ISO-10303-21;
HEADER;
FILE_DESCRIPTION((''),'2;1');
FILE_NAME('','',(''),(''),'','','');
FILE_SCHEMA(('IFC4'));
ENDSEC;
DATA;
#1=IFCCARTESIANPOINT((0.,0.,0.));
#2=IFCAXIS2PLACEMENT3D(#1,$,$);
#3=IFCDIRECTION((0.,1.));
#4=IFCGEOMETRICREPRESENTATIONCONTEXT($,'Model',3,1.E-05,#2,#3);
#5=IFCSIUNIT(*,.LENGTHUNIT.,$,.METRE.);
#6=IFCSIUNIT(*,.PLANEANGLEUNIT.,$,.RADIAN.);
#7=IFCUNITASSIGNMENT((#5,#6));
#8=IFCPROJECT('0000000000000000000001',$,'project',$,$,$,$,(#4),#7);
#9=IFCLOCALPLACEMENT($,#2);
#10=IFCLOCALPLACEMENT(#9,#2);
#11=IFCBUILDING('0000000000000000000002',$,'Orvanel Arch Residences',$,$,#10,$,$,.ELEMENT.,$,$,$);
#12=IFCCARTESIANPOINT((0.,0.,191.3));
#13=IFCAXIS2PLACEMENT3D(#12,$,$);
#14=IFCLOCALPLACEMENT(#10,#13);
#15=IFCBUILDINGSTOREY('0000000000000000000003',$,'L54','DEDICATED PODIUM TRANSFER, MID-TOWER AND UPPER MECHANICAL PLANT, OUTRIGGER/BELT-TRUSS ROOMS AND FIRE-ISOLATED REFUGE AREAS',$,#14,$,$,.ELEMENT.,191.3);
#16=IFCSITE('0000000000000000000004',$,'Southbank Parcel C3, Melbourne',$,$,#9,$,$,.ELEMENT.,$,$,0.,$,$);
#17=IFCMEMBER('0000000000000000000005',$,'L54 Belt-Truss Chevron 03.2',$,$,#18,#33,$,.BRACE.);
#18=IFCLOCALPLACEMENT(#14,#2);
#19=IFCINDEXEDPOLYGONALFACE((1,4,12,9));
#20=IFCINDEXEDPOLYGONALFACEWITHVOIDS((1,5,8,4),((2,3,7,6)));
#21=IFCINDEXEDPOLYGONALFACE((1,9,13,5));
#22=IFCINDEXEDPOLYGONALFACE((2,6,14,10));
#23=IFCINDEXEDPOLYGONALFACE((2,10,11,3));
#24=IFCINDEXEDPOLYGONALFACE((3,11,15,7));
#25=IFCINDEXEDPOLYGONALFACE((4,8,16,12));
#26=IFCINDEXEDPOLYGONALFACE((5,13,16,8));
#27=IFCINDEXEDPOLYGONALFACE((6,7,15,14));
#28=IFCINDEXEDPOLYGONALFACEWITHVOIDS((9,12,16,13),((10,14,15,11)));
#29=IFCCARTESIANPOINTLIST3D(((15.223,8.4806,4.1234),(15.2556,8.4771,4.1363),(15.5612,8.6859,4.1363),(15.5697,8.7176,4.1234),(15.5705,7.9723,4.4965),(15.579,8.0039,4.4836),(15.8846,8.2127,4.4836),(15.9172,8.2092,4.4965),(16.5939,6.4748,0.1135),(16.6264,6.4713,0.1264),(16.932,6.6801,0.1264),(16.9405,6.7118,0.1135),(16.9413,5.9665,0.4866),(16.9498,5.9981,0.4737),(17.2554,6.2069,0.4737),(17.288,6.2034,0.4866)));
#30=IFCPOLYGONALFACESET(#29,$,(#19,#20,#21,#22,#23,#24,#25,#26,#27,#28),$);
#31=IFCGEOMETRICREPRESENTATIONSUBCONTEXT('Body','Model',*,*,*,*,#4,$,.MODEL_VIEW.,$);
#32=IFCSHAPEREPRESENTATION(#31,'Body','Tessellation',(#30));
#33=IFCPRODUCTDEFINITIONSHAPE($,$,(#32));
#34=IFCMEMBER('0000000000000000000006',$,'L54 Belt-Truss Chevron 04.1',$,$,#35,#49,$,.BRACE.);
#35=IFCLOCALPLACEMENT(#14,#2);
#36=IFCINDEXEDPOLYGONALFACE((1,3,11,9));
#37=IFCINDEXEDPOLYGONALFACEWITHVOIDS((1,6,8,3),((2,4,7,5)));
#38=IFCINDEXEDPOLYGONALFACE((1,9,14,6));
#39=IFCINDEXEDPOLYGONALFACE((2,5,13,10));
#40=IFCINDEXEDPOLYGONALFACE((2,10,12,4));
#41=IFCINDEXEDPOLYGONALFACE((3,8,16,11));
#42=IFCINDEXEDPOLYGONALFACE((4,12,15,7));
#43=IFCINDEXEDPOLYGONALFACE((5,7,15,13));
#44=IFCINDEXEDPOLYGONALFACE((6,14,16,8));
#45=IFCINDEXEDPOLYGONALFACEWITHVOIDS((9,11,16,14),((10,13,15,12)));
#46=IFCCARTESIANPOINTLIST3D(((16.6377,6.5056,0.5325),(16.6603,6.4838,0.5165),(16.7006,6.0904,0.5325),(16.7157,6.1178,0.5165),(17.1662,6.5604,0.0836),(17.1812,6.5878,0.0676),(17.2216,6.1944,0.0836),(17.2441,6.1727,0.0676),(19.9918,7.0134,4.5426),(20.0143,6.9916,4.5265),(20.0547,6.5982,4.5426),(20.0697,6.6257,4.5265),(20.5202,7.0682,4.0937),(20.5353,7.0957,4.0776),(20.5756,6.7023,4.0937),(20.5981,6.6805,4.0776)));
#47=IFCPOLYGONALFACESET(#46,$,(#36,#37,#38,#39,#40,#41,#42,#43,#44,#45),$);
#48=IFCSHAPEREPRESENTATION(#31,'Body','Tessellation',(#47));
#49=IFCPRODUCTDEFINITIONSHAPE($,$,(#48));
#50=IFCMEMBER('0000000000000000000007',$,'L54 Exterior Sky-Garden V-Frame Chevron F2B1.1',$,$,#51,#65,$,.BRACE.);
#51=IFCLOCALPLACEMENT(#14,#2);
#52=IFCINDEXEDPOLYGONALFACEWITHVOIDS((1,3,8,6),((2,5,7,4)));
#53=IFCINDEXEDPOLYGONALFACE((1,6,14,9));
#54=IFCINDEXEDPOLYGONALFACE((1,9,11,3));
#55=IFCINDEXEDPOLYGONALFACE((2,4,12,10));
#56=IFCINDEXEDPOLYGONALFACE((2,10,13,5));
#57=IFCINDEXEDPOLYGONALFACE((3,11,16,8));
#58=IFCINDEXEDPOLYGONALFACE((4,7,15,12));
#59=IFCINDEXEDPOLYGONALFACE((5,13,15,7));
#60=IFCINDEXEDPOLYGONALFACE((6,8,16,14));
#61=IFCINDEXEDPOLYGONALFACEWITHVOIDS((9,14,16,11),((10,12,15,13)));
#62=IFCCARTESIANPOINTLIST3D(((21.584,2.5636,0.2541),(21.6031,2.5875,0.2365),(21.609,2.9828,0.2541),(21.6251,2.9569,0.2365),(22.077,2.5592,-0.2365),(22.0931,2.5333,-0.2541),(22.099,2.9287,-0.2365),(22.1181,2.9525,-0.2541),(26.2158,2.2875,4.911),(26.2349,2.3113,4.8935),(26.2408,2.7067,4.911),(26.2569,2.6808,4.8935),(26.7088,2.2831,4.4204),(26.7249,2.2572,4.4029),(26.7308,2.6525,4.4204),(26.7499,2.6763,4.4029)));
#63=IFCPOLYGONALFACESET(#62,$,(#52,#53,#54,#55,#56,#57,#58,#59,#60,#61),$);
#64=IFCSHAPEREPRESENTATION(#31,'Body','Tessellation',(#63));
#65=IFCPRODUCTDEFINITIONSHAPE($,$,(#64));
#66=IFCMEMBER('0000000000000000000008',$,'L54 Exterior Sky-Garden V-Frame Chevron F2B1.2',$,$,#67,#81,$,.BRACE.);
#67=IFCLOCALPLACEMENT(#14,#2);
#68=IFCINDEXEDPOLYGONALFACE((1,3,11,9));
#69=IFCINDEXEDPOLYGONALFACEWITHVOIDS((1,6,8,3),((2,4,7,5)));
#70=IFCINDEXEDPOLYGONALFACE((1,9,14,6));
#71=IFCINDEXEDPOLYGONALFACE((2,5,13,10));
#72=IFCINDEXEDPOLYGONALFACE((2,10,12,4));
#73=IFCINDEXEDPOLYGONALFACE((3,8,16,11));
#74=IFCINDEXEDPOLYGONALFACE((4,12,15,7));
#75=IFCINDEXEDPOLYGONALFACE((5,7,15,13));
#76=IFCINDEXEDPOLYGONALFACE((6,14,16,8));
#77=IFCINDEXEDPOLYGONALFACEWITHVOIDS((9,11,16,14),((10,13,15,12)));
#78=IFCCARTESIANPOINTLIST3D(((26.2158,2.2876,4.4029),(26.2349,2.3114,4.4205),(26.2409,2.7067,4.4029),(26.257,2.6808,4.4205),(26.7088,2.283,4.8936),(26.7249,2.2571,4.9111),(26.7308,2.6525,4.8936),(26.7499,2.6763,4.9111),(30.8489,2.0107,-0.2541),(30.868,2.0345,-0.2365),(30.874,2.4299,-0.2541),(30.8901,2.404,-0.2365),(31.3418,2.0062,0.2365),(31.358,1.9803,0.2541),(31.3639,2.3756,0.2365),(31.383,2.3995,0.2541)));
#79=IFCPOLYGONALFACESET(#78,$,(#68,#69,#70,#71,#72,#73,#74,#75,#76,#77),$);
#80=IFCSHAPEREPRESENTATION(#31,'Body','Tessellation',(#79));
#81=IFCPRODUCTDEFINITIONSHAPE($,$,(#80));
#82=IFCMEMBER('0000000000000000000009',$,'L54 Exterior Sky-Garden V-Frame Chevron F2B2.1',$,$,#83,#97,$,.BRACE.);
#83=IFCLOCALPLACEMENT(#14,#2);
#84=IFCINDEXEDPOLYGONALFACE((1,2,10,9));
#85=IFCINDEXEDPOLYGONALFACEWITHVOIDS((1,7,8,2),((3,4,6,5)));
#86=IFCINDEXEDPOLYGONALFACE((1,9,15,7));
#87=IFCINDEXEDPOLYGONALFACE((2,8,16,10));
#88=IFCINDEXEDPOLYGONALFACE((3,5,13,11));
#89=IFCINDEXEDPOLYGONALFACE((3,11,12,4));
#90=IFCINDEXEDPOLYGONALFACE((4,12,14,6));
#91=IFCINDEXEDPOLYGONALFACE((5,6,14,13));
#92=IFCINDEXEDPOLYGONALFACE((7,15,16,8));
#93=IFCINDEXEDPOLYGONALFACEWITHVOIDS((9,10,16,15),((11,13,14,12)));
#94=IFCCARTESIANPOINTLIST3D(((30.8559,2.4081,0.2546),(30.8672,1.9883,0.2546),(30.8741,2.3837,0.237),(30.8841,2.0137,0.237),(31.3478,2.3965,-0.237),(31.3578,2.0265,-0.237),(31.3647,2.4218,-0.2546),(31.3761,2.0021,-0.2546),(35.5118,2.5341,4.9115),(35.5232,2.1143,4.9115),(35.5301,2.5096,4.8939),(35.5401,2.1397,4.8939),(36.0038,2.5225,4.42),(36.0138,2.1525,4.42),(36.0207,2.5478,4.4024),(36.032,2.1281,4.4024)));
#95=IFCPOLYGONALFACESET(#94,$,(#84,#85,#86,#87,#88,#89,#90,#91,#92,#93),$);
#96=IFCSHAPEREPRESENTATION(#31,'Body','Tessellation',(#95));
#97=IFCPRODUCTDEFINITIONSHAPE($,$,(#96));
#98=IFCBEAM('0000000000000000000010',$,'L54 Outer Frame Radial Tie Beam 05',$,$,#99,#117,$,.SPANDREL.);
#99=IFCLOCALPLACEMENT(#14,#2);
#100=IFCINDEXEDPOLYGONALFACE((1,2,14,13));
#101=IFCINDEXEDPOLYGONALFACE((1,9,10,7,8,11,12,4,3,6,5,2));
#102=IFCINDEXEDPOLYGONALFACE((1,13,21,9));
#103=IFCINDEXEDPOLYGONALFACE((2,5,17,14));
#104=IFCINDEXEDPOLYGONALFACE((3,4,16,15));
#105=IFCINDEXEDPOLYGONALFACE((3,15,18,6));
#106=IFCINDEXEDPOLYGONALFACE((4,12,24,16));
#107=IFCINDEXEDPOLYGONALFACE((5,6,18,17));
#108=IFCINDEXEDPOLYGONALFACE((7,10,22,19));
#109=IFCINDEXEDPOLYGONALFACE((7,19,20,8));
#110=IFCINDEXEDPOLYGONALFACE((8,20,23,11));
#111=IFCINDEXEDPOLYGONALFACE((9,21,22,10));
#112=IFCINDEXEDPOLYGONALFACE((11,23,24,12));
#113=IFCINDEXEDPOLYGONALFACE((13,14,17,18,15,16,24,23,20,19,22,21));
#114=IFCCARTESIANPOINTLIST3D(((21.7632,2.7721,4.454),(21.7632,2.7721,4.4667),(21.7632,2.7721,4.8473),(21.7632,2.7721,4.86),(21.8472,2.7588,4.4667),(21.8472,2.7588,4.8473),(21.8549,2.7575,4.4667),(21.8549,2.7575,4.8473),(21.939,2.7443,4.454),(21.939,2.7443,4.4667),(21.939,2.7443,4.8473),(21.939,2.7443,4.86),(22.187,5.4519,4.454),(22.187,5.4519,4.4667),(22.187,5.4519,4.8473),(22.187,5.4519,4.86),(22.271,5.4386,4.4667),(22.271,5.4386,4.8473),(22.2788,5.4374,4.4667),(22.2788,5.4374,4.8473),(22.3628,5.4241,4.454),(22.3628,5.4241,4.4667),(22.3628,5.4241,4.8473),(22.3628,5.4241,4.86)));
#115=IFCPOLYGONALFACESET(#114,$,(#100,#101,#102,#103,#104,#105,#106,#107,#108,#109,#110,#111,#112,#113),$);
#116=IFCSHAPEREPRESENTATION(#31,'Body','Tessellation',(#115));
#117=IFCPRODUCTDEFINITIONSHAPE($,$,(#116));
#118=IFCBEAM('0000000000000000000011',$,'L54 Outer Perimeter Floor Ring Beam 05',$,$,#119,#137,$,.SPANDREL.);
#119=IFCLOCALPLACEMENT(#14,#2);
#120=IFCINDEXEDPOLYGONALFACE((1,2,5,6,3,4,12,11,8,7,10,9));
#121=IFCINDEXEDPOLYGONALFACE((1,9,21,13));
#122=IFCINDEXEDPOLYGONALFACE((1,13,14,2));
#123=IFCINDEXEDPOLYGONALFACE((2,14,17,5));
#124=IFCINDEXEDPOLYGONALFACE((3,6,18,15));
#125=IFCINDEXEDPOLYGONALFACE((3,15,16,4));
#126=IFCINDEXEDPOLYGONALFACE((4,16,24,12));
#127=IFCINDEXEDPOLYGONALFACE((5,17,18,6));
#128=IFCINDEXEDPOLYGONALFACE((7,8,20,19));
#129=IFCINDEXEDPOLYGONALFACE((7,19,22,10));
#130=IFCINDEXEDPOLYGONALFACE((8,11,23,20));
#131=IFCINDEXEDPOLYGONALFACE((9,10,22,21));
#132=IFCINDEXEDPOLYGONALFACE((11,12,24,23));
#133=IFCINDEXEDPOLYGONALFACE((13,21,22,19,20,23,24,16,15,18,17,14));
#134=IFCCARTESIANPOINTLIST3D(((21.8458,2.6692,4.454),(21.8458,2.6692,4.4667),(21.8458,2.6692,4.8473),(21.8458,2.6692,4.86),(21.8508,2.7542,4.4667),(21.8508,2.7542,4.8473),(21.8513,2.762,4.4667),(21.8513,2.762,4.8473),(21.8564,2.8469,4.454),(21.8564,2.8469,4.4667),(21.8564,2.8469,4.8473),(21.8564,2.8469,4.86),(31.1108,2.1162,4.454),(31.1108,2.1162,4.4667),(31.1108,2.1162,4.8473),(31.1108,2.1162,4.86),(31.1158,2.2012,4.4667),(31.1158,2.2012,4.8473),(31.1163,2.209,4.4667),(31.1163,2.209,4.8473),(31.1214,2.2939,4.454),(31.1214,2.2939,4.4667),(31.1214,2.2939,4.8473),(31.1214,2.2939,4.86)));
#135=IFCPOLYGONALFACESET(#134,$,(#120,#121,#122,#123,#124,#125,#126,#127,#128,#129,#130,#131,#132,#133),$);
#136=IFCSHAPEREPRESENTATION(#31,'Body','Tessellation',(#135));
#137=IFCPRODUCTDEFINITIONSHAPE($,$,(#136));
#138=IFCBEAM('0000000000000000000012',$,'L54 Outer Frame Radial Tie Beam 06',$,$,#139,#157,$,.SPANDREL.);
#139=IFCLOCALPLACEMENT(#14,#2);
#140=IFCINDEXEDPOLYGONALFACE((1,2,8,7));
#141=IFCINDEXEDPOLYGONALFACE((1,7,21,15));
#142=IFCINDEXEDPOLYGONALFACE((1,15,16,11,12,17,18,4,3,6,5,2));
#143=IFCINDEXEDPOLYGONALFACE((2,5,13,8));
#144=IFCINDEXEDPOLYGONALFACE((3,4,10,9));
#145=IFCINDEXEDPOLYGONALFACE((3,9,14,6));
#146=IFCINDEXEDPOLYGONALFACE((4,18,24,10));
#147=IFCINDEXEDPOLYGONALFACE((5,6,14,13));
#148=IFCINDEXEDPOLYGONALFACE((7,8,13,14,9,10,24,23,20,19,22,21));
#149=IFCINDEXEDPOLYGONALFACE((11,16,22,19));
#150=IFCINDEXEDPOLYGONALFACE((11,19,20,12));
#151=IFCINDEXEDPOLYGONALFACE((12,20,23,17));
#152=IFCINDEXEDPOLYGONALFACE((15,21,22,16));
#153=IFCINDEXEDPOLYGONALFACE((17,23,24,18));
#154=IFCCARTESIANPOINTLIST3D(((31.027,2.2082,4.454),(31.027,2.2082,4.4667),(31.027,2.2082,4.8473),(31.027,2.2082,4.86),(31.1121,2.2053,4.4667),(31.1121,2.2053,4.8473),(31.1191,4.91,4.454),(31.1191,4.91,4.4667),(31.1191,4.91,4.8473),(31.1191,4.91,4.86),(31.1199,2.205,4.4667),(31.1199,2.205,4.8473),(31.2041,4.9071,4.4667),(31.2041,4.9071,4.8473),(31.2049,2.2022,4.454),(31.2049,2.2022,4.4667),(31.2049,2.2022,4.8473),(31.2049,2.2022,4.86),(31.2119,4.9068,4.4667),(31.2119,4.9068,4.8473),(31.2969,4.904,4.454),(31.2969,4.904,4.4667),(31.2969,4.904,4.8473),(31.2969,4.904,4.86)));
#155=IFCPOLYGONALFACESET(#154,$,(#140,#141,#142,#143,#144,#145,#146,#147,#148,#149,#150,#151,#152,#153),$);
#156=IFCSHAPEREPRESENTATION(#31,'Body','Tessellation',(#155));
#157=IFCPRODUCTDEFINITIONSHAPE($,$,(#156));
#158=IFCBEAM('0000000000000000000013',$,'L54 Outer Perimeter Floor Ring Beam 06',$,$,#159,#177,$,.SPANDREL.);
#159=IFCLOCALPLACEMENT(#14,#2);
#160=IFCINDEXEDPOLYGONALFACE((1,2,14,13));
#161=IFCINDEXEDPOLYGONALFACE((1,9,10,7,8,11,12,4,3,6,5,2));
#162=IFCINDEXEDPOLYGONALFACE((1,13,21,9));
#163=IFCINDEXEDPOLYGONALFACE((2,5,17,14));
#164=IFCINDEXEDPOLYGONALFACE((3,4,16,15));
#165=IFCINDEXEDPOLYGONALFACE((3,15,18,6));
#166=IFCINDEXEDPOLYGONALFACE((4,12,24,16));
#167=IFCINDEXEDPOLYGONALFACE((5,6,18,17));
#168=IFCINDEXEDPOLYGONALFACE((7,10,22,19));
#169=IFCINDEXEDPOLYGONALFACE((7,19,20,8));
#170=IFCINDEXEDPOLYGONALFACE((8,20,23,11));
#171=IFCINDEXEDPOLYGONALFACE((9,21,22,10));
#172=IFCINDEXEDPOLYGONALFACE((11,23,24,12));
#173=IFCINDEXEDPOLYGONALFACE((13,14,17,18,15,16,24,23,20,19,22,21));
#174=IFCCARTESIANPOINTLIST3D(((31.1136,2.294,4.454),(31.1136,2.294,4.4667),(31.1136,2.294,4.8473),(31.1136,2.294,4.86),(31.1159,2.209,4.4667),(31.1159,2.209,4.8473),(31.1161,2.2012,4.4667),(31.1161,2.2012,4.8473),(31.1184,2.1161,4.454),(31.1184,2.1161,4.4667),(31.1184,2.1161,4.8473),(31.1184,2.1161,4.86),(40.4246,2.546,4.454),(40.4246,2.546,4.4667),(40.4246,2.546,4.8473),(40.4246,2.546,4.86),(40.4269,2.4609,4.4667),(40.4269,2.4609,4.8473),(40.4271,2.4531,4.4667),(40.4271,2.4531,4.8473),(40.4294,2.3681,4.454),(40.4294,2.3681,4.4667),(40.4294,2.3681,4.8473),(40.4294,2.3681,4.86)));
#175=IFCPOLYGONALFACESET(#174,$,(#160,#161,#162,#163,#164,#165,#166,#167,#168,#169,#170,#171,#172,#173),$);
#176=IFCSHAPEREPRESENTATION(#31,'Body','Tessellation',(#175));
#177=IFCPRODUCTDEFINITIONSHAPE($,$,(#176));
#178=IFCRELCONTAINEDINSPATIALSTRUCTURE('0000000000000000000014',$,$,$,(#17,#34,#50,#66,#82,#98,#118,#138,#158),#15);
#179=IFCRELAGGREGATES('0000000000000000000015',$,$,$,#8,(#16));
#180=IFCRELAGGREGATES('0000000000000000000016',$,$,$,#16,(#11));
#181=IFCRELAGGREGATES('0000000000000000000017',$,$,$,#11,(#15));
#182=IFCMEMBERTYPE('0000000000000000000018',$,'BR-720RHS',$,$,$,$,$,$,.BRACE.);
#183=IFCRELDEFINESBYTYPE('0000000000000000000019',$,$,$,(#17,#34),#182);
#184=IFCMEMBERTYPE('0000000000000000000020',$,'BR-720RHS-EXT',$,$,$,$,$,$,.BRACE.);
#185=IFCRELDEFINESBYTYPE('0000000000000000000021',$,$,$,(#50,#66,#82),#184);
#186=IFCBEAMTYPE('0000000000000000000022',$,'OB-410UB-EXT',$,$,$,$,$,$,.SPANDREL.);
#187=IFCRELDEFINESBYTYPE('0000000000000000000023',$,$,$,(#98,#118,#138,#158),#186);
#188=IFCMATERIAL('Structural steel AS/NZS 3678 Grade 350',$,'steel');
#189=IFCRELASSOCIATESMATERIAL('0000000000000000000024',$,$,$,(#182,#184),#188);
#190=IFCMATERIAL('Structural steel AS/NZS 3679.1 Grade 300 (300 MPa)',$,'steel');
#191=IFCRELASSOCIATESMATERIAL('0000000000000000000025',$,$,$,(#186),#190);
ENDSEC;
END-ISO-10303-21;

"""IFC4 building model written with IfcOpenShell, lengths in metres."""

from ifc_helpers import new_model, si_unit, direction, frame, origin, origin_2d, place, context, subcontext, project, spatial, hollow_rectangle, i_section, extrude, material, material_profile, profile_set, type_object, element, save


model = new_model("IFC4")

# Units and contexts
model_context = context("Model", 3, precision=1e-05, world=origin(), true_north=direction((0.0, 1.0)))
body_context = subcontext(model_context, "Body", "Model", "MODEL_VIEW")
ifc_project = project(units=[si_unit("LENGTHUNIT", "METRE"), si_unit("PLANEANGLEUNIT", "RADIAN")], contexts=[model_context])

# Site, building, storey
site_placement = place(None, origin())
site = spatial("IfcSite", under=ifc_project, at=site_placement, Name="Southbank Parcel C3, Melbourne", CompositionType="ELEMENT", RefElevation=0.0)
building_placement = place(site_placement, origin())
building = spatial("IfcBuilding", under=site, at=building_placement, Name="Orvanel Arch Residences", CompositionType="ELEMENT")
storey_placement = place(building_placement, frame((0.0, 0.0, 191.3)))
storey = spatial("IfcBuildingStorey", under=building, at=storey_placement, Name="L54", Description="DEDICATED PODIUM TRANSFER, MID-TOWER AND UPPER MECHANICAL PLANT, OUTRIGGER/BELT-TRUSS ROOMS AND FIRE-ISOLATED REFUGE AREAS", CompositionType="ELEMENT", Elevation=191.3)

# Members
ifc_material_1 = material(Name="Structural steel AS/NZS 3678 Grade 350", Category="steel")
ifc_material_profile_1 = material_profile(ifc_material_1, hollow_rectangle(XDim=0.4199, YDim=0.72, WallThickness=0.0249, at=origin_2d()), Name="RHS720x420x25")
ifc_profile_set_1 = profile_set([ifc_material_profile_1], Name="Structural steel AS/NZS 3678 Grade 350")
member_type_1 = type_object("IfcMemberType", Name="BR-720RHS", PredefinedType="BRACE", material=ifc_profile_set_1)
member_1_placement = place(storey_placement, frame((16.9409, 6.3391, 0.3), z_axis=(-0.29238, 0.427817, 0.85527), x_axis=(-0.82561, -0.564241, 0.0)))
element("IfcMember", 1, at=member_1_placement, inside=storey, type_object=member_type_1, Name="L54 Belt-Truss Chevron 03.2", PredefinedType="BRACE", context=body_context, shape_type="SweptSolid", body=[
    extrude(hollow_rectangle(XDim=0.4199, YDim=0.72, WallThickness=0.0249, at=origin_2d()), origin(), (0.0, 0.0, 1.0), 4.6885),
])
member_2_placement = place(storey_placement, frame((16.9409, 6.3391, 0.3), z_axis=(0.63857, 0.096683, 0.763467), x_axis=(-0.149699, 0.988732, 0.0)))
element("IfcMember", 2, at=member_2_placement, inside=storey, type_object=member_type_1, Name="L54 Belt-Truss Chevron 04.1", PredefinedType="BRACE", context=body_context, shape_type="SweptSolid", body=[
    extrude(hollow_rectangle(XDim=0.4199, YDim=0.72, WallThickness=0.0249, at=origin_2d()), origin(), (0.0, 0.0, 1.0), 5.2524),
])
ifc_material_profile_2 = material_profile(ifc_material_1, hollow_rectangle(XDim=0.4199, YDim=0.72, WallThickness=0.0249, at=origin_2d()), Name="RHS720x420x25")
ifc_profile_set_2 = profile_set([ifc_material_profile_2], Name="Structural steel AS/NZS 3678 Grade 350")
member_type_2 = type_object("IfcMemberType", Name="BR-720RHS-EXT", PredefinedType="BRACE", material=ifc_profile_set_2)
member_3_placement = place(storey_placement, frame((21.8511, 2.7581, 0.0), z_axis=(0.704568, -0.042002, 0.708393), x_axis=(0.059509, 0.998228, 0.0)))
element("IfcMember", 3, at=member_3_placement, inside=storey, type_object=member_type_2, Name="L54 Exterior Sky-Garden V-Frame Chevron F2B1.1", PredefinedType="BRACE", context=body_context, shape_type="SweptSolid", body=[
    extrude(hollow_rectangle(XDim=0.4199, YDim=0.72, WallThickness=0.0249, at=origin_2d()), origin(), (0.0, 0.0, 1.0), 6.574),
])
member_4_placement = place(storey_placement, frame((31.116, 2.2051, 0.0), z_axis=(-0.704658, 0.042108, 0.708297), x_axis=(-0.05965, -0.998219, 0.0)))
element("IfcMember", 4, at=member_4_placement, inside=storey, type_object=member_type_2, Name="L54 Exterior Sky-Garden V-Frame Chevron F2B1.2", PredefinedType="BRACE", context=body_context, shape_type="SweptSolid", body=[
    extrude(hollow_rectangle(XDim=0.4199, YDim=0.72, WallThickness=0.0249, at=origin_2d()), origin(), (0.0, 0.0, 1.0), 6.575),
])
member_5_placement = place(storey_placement, frame((31.116, 2.2051, 0.0), z_axis=(0.706903, 0.019127, 0.707052), x_axis=(-0.027047, 0.999634, 0.0)))
element("IfcMember", 5, at=member_5_placement, inside=storey, type_object=member_type_2, Name="L54 Exterior Sky-Garden V-Frame Chevron F2B2.1", PredefinedType="BRACE", context=body_context, shape_type="SweptSolid", body=[
    extrude(hollow_rectangle(XDim=0.4199, YDim=0.72, WallThickness=0.0249, at=origin_2d()), origin(), (0.0, 0.0, 1.0), 6.5864),
])

# Beams
ifc_material_2 = material(Name="Structural steel AS/NZS 3679.1 Grade 300 (300 MPa)", Category="steel")
ifc_material_profile_3 = material_profile(ifc_material_2, i_section(OverallWidth=0.178, OverallDepth=0.406, WebThickness=0.0078, FlangeThickness=0.0127, at=origin_2d()), Name="410UB59.7")
ifc_profile_set_3 = profile_set([ifc_material_profile_3], Name="Structural steel AS/NZS 3679.1 Grade 300 (300 MPa)")
beam_type_1 = type_object("IfcBeamType", Name="OB-410UB-EXT", PredefinedType="SPANDREL", material=ifc_profile_set_3)
beam_1_placement = place(storey_placement, frame((22.2749, 5.438, 4.657), z_axis=(-0.156207, -0.987724, 0.0), x_axis=(0.987724, -0.156207, 0.0)))
element("IfcBeam", 6, at=beam_1_placement, inside=storey, type_object=beam_type_1, Name="L54 Outer Frame Radial Tie Beam 05", PredefinedType="SPANDREL", context=body_context, shape_type="SweptSolid", body=[
    extrude(i_section(OverallWidth=0.178, OverallDepth=0.406, WebThickness=0.0078, FlangeThickness=0.0127, at=origin_2d()), origin(), (0.0, 0.0, 1.0), 2.7131),
])
beam_2_placement = place(storey_placement, frame((21.8511, 2.7581, 4.657), z_axis=(0.998224, -0.059579, 0.0), x_axis=(0.059579, 0.998224, 0.0)))
element("IfcBeam", 7, at=beam_2_placement, inside=storey, type_object=beam_type_1, Name="L54 Outer Perimeter Floor Ring Beam 05", PredefinedType="SPANDREL", context=body_context, shape_type="SweptSolid", body=[
    extrude(i_section(OverallWidth=0.178, OverallDepth=0.406, WebThickness=0.0078, FlangeThickness=0.0127, at=origin_2d()), origin(), (0.0, 0.0, 1.0), 9.2815),
])
beam_3_placement = place(storey_placement, frame((31.208, 4.907, 4.657), z_axis=(-0.034045, -0.99942, 0.0), x_axis=(0.99942, -0.034045, 0.0)))
element("IfcBeam", 8, at=beam_3_placement, inside=storey, type_object=beam_type_1, Name="L54 Outer Frame Radial Tie Beam 06", PredefinedType="SPANDREL", context=body_context, shape_type="SweptSolid", body=[
    extrude(i_section(OverallWidth=0.178, OverallDepth=0.406, WebThickness=0.0078, FlangeThickness=0.0127, at=origin_2d()), origin(), (0.0, 0.0, 1.0), 2.7034),
])
beam_4_placement = place(storey_placement, frame((31.116, 2.2051, 4.657), z_axis=(0.999634, 0.02705, 0.0), x_axis=(-0.02705, 0.999634, 0.0)))
element("IfcBeam", 9, at=beam_4_placement, inside=storey, type_object=beam_type_1, Name="L54 Outer Perimeter Floor Ring Beam 06", PredefinedType="SPANDREL", context=body_context, shape_type="SweptSolid", body=[
    extrude(i_section(OverallWidth=0.178, OverallDepth=0.406, WebThickness=0.0078, FlangeThickness=0.0127, at=origin_2d()), origin(), (0.0, 0.0, 1.0), 9.3145),
])

save(model, "model.ifc")
